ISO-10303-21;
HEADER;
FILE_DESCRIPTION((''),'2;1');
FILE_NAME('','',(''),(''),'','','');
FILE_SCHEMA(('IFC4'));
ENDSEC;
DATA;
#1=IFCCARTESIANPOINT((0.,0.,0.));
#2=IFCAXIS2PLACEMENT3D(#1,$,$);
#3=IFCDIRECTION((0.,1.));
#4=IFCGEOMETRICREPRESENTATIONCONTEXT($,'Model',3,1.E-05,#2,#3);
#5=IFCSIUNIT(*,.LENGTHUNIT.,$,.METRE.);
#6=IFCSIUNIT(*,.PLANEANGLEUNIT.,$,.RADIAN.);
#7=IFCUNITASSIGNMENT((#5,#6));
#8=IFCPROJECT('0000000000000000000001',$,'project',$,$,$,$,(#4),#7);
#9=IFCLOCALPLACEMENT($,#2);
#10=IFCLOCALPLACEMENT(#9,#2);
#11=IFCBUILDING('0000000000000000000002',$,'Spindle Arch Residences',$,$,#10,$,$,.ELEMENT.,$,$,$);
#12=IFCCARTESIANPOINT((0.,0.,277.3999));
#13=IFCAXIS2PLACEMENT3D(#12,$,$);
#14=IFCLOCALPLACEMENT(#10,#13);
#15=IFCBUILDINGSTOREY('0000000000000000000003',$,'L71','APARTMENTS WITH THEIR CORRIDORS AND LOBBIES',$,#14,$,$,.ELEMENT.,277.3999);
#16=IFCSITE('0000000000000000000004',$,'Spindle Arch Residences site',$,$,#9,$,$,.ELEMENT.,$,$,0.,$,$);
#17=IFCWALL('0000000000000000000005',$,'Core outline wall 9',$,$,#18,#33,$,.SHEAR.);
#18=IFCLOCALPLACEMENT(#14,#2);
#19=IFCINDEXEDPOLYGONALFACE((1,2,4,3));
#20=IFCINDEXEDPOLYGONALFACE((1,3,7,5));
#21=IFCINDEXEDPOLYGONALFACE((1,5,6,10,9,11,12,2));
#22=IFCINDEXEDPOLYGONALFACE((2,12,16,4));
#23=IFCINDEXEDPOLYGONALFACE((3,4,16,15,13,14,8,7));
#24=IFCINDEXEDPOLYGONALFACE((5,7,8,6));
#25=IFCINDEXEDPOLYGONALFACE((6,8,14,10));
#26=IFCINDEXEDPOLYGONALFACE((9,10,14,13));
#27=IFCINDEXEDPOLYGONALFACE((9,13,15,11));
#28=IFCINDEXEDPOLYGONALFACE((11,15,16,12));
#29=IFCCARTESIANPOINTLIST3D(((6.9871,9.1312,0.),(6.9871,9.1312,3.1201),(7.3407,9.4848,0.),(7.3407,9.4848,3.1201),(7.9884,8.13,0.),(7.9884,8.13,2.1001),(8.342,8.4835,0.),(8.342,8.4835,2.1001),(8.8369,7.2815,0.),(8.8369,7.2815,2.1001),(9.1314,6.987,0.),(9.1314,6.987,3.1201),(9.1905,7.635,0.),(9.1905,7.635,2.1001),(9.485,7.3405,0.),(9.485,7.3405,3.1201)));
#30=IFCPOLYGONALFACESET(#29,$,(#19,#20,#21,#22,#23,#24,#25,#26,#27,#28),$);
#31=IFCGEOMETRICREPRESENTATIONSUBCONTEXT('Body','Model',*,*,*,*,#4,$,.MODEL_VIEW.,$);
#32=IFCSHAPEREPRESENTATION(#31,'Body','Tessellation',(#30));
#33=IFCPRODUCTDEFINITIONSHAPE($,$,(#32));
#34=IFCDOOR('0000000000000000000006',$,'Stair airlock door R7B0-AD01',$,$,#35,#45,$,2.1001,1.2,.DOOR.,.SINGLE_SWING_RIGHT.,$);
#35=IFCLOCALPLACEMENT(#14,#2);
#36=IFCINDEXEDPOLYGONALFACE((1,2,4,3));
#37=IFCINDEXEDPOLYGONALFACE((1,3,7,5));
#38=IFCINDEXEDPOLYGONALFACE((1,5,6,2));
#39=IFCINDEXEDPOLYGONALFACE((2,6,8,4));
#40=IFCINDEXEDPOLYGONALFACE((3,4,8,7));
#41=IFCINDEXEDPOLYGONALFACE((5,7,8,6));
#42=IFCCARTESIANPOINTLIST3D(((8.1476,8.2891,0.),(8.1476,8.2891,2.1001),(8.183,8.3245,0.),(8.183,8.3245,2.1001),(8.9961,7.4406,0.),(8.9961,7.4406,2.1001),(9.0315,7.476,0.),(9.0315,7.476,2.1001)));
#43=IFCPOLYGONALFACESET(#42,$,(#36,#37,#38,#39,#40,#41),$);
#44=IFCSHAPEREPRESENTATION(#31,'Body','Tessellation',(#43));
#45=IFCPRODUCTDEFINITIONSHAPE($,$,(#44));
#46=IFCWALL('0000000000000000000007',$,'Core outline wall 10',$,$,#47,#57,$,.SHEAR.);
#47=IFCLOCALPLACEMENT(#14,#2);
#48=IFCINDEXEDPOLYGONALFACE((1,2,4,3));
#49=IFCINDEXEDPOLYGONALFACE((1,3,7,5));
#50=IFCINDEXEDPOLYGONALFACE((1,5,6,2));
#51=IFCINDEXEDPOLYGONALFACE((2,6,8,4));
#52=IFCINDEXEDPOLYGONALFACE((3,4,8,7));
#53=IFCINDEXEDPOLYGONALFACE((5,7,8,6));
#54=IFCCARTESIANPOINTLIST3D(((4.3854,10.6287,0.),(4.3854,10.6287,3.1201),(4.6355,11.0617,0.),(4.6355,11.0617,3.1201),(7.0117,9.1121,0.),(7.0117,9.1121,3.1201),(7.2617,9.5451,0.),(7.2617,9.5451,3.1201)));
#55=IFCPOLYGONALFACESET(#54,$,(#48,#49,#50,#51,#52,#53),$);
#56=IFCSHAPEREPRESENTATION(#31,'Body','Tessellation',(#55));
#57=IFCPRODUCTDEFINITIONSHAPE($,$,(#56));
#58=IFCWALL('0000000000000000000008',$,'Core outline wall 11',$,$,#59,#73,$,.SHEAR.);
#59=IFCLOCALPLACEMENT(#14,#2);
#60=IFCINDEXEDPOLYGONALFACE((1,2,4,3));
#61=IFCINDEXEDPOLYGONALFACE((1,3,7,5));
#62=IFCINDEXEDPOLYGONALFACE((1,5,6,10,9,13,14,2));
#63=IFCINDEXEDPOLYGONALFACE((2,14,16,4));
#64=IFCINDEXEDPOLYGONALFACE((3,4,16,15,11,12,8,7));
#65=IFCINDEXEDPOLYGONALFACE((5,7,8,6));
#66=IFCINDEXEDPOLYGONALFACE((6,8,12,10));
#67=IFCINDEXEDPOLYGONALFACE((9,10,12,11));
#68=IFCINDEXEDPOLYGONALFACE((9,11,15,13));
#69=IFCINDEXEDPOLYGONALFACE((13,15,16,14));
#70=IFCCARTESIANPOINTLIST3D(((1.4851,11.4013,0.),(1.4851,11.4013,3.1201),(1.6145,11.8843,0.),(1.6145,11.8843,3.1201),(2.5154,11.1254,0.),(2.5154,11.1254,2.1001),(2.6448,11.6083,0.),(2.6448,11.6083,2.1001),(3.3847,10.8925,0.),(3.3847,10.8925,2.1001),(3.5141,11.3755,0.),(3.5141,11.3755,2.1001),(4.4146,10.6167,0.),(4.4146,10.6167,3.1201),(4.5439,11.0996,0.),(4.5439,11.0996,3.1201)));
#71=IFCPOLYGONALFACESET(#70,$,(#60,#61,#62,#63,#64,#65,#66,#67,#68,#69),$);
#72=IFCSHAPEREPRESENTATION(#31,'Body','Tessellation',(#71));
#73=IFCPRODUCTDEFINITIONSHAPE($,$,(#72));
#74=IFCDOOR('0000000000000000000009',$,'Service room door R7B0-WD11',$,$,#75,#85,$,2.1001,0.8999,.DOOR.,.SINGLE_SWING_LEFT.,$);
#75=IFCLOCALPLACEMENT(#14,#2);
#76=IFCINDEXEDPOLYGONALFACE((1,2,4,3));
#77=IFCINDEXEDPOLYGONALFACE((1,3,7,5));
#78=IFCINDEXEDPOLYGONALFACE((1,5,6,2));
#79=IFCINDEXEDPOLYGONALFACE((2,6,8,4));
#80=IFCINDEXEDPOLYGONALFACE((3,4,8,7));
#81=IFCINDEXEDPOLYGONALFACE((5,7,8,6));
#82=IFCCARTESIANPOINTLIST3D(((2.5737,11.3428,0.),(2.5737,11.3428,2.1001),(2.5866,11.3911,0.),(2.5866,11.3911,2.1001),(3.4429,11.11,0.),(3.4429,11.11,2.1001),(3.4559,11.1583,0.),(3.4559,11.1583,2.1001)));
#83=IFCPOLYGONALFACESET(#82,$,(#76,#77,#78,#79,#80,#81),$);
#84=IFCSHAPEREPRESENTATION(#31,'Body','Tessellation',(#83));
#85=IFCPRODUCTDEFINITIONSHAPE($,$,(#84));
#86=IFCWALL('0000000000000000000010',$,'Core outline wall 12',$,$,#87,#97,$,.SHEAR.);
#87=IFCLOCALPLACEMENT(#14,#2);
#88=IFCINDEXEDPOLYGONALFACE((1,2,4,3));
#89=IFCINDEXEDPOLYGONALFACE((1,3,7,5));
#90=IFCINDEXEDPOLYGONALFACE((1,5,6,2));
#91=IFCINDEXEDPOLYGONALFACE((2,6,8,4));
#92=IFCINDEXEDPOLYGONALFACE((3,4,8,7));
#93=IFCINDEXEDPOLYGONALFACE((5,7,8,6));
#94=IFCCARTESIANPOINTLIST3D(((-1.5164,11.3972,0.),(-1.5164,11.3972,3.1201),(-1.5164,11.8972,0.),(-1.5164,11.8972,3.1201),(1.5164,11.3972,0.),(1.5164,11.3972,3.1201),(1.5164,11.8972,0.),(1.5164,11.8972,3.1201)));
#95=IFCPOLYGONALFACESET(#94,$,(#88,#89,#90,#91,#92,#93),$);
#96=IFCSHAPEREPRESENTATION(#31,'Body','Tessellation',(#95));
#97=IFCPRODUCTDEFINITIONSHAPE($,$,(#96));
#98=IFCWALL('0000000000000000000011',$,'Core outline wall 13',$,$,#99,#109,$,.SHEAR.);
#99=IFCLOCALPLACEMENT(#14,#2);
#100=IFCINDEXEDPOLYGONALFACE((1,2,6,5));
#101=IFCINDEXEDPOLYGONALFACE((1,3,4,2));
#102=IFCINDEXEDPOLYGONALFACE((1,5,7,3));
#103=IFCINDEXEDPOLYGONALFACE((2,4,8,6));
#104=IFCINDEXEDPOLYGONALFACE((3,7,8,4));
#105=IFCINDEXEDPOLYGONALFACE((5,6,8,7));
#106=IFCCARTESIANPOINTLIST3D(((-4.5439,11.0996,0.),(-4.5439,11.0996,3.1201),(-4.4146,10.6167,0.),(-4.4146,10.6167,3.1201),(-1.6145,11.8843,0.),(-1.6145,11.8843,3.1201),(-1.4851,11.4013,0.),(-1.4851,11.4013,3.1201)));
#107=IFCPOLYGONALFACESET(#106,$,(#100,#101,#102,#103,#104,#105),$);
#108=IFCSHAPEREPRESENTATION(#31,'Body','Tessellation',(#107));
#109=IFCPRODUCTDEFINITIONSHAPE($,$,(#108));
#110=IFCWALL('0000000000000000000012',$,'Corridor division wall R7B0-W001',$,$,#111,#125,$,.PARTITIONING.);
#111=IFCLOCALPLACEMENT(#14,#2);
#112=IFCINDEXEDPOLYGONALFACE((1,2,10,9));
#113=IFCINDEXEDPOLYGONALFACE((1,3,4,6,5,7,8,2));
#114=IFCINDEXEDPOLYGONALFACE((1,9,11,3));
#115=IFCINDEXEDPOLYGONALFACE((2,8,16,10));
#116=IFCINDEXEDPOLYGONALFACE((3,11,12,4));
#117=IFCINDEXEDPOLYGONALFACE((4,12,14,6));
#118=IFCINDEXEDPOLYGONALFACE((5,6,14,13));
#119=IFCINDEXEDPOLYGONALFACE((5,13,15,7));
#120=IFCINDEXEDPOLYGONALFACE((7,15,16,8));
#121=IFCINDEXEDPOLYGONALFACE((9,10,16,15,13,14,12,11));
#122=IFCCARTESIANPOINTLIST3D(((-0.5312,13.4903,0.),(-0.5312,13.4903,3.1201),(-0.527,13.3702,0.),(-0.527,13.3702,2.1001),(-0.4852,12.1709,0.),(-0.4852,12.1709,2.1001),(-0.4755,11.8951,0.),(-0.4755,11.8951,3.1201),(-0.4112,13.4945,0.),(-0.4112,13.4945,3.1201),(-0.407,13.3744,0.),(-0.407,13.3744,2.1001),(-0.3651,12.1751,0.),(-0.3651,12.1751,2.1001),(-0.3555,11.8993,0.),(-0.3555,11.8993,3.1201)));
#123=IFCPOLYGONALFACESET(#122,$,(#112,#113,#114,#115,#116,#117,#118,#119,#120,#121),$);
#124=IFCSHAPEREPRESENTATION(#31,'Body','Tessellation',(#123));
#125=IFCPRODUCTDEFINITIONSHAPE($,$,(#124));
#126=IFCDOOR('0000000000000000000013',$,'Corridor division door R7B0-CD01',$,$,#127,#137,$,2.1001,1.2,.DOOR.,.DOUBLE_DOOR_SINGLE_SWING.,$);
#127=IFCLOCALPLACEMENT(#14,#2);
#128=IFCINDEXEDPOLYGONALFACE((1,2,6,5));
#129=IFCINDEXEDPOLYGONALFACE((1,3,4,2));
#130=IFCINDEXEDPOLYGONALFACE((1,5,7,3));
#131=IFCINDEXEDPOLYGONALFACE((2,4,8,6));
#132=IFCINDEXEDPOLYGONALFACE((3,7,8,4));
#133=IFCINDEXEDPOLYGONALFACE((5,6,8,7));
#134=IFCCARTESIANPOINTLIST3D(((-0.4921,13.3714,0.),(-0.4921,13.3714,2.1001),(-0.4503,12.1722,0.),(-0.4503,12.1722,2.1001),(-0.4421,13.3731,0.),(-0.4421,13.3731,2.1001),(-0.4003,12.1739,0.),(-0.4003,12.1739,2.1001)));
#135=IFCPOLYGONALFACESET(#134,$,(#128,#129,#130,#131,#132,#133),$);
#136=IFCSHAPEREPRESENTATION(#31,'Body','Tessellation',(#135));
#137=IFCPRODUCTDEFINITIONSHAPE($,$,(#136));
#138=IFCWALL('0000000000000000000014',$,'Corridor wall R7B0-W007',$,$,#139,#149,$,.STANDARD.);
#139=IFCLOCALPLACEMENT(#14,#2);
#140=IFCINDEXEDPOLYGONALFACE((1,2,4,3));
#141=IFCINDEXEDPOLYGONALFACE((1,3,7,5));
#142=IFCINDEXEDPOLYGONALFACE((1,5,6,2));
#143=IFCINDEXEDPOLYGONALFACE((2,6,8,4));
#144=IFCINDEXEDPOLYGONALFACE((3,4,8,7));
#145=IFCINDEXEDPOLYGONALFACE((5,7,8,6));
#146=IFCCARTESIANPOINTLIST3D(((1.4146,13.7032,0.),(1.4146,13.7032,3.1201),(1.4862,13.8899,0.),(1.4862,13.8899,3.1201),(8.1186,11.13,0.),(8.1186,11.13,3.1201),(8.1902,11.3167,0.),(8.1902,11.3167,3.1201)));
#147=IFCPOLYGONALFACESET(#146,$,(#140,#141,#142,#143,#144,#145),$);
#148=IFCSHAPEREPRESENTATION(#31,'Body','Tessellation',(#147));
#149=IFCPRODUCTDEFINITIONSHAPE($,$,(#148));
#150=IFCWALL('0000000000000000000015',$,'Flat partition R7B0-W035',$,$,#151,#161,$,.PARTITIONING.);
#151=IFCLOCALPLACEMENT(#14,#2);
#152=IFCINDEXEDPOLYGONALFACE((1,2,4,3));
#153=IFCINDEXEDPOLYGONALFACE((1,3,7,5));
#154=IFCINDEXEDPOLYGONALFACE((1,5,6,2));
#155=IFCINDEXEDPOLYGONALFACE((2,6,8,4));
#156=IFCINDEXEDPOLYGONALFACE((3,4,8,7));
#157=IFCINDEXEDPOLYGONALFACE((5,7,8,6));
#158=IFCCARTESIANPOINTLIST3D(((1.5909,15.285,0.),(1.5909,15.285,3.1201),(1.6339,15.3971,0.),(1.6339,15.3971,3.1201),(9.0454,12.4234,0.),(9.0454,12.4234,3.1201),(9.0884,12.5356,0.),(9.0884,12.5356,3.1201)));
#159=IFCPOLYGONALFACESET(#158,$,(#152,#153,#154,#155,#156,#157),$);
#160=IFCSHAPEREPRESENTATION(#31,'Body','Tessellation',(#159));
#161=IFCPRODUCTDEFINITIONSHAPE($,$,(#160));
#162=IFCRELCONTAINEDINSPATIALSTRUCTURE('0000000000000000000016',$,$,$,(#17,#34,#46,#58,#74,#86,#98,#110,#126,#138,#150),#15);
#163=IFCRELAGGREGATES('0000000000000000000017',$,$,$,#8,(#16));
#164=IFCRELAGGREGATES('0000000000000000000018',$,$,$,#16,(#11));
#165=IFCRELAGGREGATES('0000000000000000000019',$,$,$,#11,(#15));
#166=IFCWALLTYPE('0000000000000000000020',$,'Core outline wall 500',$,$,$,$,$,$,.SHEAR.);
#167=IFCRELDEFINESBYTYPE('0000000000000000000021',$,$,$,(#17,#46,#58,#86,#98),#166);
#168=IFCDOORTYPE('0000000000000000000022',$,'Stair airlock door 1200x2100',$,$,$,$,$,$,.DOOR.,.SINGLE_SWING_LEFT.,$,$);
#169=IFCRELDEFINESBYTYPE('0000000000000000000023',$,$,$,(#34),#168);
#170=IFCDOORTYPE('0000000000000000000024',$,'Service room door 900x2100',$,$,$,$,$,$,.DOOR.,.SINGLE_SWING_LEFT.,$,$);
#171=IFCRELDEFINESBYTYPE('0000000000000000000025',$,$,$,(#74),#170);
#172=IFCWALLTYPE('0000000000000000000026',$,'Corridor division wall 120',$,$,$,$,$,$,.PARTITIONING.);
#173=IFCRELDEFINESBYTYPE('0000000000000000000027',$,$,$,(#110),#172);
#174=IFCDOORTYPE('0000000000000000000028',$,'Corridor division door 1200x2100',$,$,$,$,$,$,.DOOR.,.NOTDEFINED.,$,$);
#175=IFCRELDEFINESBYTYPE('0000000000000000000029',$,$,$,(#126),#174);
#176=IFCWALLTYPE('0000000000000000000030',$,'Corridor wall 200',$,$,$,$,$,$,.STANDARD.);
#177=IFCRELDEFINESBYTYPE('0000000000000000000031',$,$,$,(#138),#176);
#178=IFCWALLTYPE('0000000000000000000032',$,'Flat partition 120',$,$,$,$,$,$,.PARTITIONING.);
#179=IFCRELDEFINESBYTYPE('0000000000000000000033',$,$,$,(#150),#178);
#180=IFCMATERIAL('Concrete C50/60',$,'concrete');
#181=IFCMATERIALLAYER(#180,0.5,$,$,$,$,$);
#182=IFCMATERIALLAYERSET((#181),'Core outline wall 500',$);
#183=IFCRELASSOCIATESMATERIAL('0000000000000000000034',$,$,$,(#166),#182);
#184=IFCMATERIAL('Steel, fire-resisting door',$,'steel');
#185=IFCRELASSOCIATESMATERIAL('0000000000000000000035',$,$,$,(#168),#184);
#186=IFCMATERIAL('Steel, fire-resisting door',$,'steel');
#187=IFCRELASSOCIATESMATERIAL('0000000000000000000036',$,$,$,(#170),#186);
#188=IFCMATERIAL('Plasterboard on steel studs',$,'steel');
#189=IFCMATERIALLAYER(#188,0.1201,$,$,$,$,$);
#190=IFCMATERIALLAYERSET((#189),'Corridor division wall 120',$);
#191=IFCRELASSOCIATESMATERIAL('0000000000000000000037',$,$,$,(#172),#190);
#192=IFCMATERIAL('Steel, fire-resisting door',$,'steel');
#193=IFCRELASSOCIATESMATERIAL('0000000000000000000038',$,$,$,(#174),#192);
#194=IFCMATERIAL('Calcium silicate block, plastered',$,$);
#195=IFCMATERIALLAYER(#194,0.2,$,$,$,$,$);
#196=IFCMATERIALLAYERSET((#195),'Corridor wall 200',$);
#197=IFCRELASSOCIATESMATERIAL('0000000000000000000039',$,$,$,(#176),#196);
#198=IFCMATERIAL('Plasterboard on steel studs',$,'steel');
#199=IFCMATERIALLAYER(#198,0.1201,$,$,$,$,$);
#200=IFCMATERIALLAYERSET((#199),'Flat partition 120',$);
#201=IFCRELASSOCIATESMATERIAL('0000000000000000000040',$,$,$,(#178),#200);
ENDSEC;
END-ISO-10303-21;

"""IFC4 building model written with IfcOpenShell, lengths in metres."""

from ifc_helpers import new_model, si_unit, direction, frame, frame_2d, origin, place, context, subcontext, project, spatial, rectangle, extrude, material, layer, layer_set, type_object, element, fill, save


model = new_model("IFC4")

# Units and contexts
model_context = context("Model", 3, precision=1e-05, world=origin(), true_north=direction((0.0, 1.0)))
body_context = subcontext(model_context, "Body", "Model", "MODEL_VIEW")
ifc_project = project(units=[si_unit("LENGTHUNIT", "METRE"), si_unit("PLANEANGLEUNIT", "RADIAN")], contexts=[model_context])

# Site, building, storey
site_placement = place(None, origin())
site = spatial("IfcSite", under=ifc_project, at=site_placement, Name="Spindle Arch Residences site", CompositionType="ELEMENT", RefElevation=0.0)
building_placement = place(site_placement, origin())
building = spatial("IfcBuilding", under=site, at=building_placement, Name="Spindle Arch Residences", CompositionType="ELEMENT")
storey_placement = place(building_placement, frame((0.0, 0.0, 277.3999)))
storey = spatial("IfcBuildingStorey", under=building, at=storey_placement, Name="L71", Description="APARTMENTS WITH THEIR CORRIDORS AND LOBBIES", CompositionType="ELEMENT", Elevation=277.3999)

# Wall, opening, door
ifc_material_1 = material(Name="Concrete C50/60", Category="concrete")
ifc_layer_1 = layer(ifc_material_1, 0.5)
ifc_layer_set_1 = layer_set([ifc_layer_1], Name="Core outline wall 500")
wall_type_1 = type_object("IfcWallType", Name="Core outline wall 500", PredefinedType="SHEAR", material=ifc_layer_set_1)
wall_1_placement = place(storey_placement, frame((9.3081, 7.1638, 0.0), z_axis=(0.0, 0.0, 1.0), x_axis=(-0.707107, 0.707107, 0.0)))
wall_1 = element("IfcWall", 1, at=wall_1_placement, inside=storey, type_object=wall_type_1, Name="Core outline wall 9", PredefinedType="SHEAR", context=body_context, shape_type="SweptSolid", body=[
    extrude(rectangle(XDim=3.0325, YDim=0.5, at=frame_2d((1.5161, 0.0))), origin(), (0.0, 0.0, 1.0), 3.1201),
])
opening_1_placement = place(wall_1_placement, frame((0.4163, 0.0, 0.0)))
opening_1 = element("IfcOpeningElement", 2, at=opening_1_placement, cuts=wall_1, PredefinedType="OPENING", context=body_context, shape_type="SweptSolid", body=[
    extrude(rectangle(XDim=1.2, YDim=2.1001, at=frame_2d((0.6001, 1.05))), frame((0.0, 0.26, 0.0), z_axis=(0.0, -1.0, 0.0), x_axis=(1.0, 0.0, 0.0)), (0.0, 0.0, 1.0), 0.52),
])
ifc_material_2 = material(Name="Steel, fire-resisting door", Category="steel")
door_type_1 = type_object("IfcDoorType", Name="Stair airlock door 1200x2100", OperationType="SINGLE_SWING_LEFT", PredefinedType="DOOR", material=ifc_material_2)
door_1_placement = place(opening_1_placement, origin())
door_1 = element("IfcDoor", 3, at=door_1_placement, inside=storey, type_object=door_type_1, Name="Stair airlock door R7B0-AD01", OperationType="SINGLE_SWING_RIGHT", OverallHeight=2.1001, OverallWidth=1.2, PredefinedType="DOOR", context=body_context, shape_type="SweptSolid", body=[
    extrude(rectangle(XDim=1.2, YDim=2.1001, at=frame_2d((0.6001, 1.05))), frame((0.0, 0.0249, 0.0), z_axis=(0.0, -1.0, 0.0), x_axis=(1.0, 0.0, 0.0)), (0.0, 0.0, 1.0), 0.05),
])
fill(opening_1, door_1)

# Wall
wall_2_placement = place(storey_placement, frame((7.1367, 9.3286, 0.0), z_axis=(0.0, 0.0, 1.0), x_axis=(-0.865975, 0.500087, 0.0)))
element("IfcWall", 4, at=wall_2_placement, inside=storey, type_object=wall_type_1, Name="Core outline wall 10", PredefinedType="SHEAR", context=body_context, shape_type="SweptSolid", body=[
    extrude(rectangle(XDim=3.0327, YDim=0.5, at=frame_2d((1.5164, 0.0))), origin(), (0.0, 0.0, 1.0), 3.1201),
])

# Wall, opening, door
wall_3_placement = place(storey_placement, frame((4.4792, 10.8582, 0.0), z_axis=(0.0, 0.0, 1.0), x_axis=(-0.965948, 0.258735, 0.0)))
wall_3 = element("IfcWall", 5, at=wall_3_placement, inside=storey, type_object=wall_type_1, Name="Core outline wall 11", PredefinedType="SHEAR", context=body_context, shape_type="SweptSolid", body=[
    extrude(rectangle(XDim=3.0327, YDim=0.5, at=frame_2d((1.5164, 0.0))), origin(), (0.0, 0.0, 1.0), 3.1201),
])
opening_2_placement = place(wall_3_placement, frame((1.0662, 0.0, 0.0)))
opening_2 = element("IfcOpeningElement", 6, at=opening_2_placement, cuts=wall_3, PredefinedType="OPENING", context=body_context, shape_type="SweptSolid", body=[
    extrude(rectangle(XDim=0.8999, YDim=2.1001, at=frame_2d((0.45, 1.05))), frame((0.0, 0.26, 0.0), z_axis=(0.0, -1.0, 0.0), x_axis=(1.0, 0.0, 0.0)), (0.0, 0.0, 1.0), 0.52),
])
ifc_material_3 = material(Name="Steel, fire-resisting door", Category="steel")
door_type_2 = type_object("IfcDoorType", Name="Service room door 900x2100", OperationType="SINGLE_SWING_LEFT", PredefinedType="DOOR", material=ifc_material_3)
door_2_placement = place(opening_2_placement, origin())
door_2 = element("IfcDoor", 7, at=door_2_placement, inside=storey, type_object=door_type_2, Name="Service room door R7B0-WD11", OperationType="SINGLE_SWING_LEFT", OverallHeight=2.1001, OverallWidth=0.8999, PredefinedType="DOOR", context=body_context, shape_type="SweptSolid", body=[
    extrude(rectangle(XDim=0.8999, YDim=2.1001, at=frame_2d((0.45, 1.05))), frame((0.0, 0.0249, 0.0), z_axis=(0.0, -1.0, 0.0), x_axis=(1.0, 0.0, 0.0)), (0.0, 0.0, 1.0), 0.05),
])
fill(opening_2, door_2)

# Walls
for number, where, z_axis, x_axis, name in (
    (8, (1.5164, 11.6472, 0.0), (0.0, 0.0, 1.0), (-1.0, 0.0, 0.0), "Core outline wall 12"),
    (9, (-1.5498, 11.6428, 0.0), (0.0, 0.0, 1.0), (-0.965948, -0.258735, 0.0), "Core outline wall 13"),
):
    element("IfcWall", number, at=place(storey_placement, frame(where, z_axis=z_axis, x_axis=x_axis)), inside=storey, type_object=wall_type_1, Name=name, PredefinedType="SHEAR", context=body_context, shape_type="SweptSolid", body=[
        extrude(rectangle(XDim=3.0327, YDim=0.5, at=frame_2d((1.5164, 0.0))), origin(), (0.0, 0.0, 1.0), 3.1201),
    ])

# Wall, opening, door
ifc_material_4 = material(Name="Plasterboard on steel studs", Category="steel")
ifc_layer_2 = layer(ifc_material_4, 0.1201)
ifc_layer_set_2 = layer_set([ifc_layer_2], Name="Corridor division wall 120")
wall_type_2 = type_object("IfcWallType", Name="Corridor division wall 120", PredefinedType="PARTITIONING", material=ifc_layer_set_2)
wall_4_placement = place(storey_placement, frame((-0.4712, 13.4924, 0.0), z_axis=(0.0, 0.0, 1.0), x_axis=(0.034873, -0.999392, 0.0)))
wall_4 = element("IfcWall", 10, at=wall_4_placement, inside=storey, type_object=wall_type_2, Name="Corridor division wall R7B0-W001", PredefinedType="PARTITIONING", context=body_context, shape_type="SweptSolid", body=[
    extrude(rectangle(XDim=1.5962, YDim=0.1201, at=frame_2d((0.7981, 0.0))), origin(), (0.0, 0.0, 1.0), 3.1201),
])
opening_3_placement = place(wall_4_placement, frame((0.1201, 0.0, 0.0)))
opening_3 = element("IfcOpeningElement", 11, at=opening_3_placement, cuts=wall_4, PredefinedType="OPENING", context=body_context, shape_type="SweptSolid", body=[
    extrude(rectangle(XDim=1.2, YDim=2.1001, at=frame_2d((0.6001, 1.05))), frame((0.0, 0.0701, 0.0), z_axis=(0.0, -1.0, 0.0), x_axis=(1.0, 0.0, 0.0)), (0.0, 0.0, 1.0), 0.1401),
])
ifc_material_5 = material(Name="Steel, fire-resisting door", Category="steel")
door_type_3 = type_object("IfcDoorType", Name="Corridor division door 1200x2100", OperationType="NOTDEFINED", PredefinedType="DOOR", material=ifc_material_5)
door_3_placement = place(opening_3_placement, origin())
door_3 = element("IfcDoor", 12, at=door_3_placement, inside=storey, type_object=door_type_3, Name="Corridor division door R7B0-CD01", OperationType="DOUBLE_DOOR_SINGLE_SWING", OverallHeight=2.1001, OverallWidth=1.2, PredefinedType="DOOR", context=body_context, shape_type="SweptSolid", body=[
    extrude(rectangle(XDim=1.2, YDim=2.1001, at=frame_2d((0.6001, 1.05))), frame((0.0, 0.0249, 0.0), z_axis=(0.0, -1.0, 0.0), x_axis=(1.0, 0.0, 0.0)), (0.0, 0.0, 1.0), 0.05),
])
fill(opening_3, door_3)

# Wall
ifc_material_6 = material(Name="Calcium silicate block, plastered")
ifc_layer_3 = layer(ifc_material_6, 0.2)
ifc_layer_set_3 = layer_set([ifc_layer_3], Name="Corridor wall 200")
wall_type_3 = type_object("IfcWallType", Name="Corridor wall 200", PredefinedType="STANDARD", material=ifc_layer_set_3)
wall_5_placement = place(storey_placement, frame((8.1543, 11.2234, 0.0), z_axis=(0.0, 0.0, 1.0), x_axis=(-0.933591, 0.358341, 0.0)))
element("IfcWall", 13, at=wall_5_placement, inside=storey, type_object=wall_type_3, Name="Corridor wall R7B0-W007", PredefinedType="STANDARD", context=body_context, shape_type="SweptSolid", body=[
    extrude(rectangle(XDim=7.1809, YDim=0.2, at=frame_2d((3.5903, 0.0))), origin(), (0.0, 0.0, 1.0), 3.1201),
])

# Wall
ifc_material_7 = material(Name="Plasterboard on steel studs", Category="steel")
ifc_layer_4 = layer(ifc_material_7, 0.1201)
ifc_layer_set_4 = layer_set([ifc_layer_4], Name="Flat partition 120")
wall_type_4 = type_object("IfcWallType", Name="Flat partition 120", PredefinedType="PARTITIONING", material=ifc_layer_set_4)
wall_6_placement = place(storey_placement, frame((9.0669, 12.4795, 0.0), z_axis=(0.0, 0.0, 1.0), x_axis=(-0.933579, 0.35837, 0.0)))
element("IfcWall", 14, at=wall_6_placement, inside=storey, type_object=wall_type_4, Name="Flat partition R7B0-W035", PredefinedType="PARTITIONING", context=body_context, shape_type="SweptSolid", body=[
    extrude(rectangle(XDim=7.9849, YDim=0.1201, at=frame_2d((3.9924, 0.0))), origin(), (0.0, 0.0, 1.0), 3.1201),
])

save(model, "model.ifc")
